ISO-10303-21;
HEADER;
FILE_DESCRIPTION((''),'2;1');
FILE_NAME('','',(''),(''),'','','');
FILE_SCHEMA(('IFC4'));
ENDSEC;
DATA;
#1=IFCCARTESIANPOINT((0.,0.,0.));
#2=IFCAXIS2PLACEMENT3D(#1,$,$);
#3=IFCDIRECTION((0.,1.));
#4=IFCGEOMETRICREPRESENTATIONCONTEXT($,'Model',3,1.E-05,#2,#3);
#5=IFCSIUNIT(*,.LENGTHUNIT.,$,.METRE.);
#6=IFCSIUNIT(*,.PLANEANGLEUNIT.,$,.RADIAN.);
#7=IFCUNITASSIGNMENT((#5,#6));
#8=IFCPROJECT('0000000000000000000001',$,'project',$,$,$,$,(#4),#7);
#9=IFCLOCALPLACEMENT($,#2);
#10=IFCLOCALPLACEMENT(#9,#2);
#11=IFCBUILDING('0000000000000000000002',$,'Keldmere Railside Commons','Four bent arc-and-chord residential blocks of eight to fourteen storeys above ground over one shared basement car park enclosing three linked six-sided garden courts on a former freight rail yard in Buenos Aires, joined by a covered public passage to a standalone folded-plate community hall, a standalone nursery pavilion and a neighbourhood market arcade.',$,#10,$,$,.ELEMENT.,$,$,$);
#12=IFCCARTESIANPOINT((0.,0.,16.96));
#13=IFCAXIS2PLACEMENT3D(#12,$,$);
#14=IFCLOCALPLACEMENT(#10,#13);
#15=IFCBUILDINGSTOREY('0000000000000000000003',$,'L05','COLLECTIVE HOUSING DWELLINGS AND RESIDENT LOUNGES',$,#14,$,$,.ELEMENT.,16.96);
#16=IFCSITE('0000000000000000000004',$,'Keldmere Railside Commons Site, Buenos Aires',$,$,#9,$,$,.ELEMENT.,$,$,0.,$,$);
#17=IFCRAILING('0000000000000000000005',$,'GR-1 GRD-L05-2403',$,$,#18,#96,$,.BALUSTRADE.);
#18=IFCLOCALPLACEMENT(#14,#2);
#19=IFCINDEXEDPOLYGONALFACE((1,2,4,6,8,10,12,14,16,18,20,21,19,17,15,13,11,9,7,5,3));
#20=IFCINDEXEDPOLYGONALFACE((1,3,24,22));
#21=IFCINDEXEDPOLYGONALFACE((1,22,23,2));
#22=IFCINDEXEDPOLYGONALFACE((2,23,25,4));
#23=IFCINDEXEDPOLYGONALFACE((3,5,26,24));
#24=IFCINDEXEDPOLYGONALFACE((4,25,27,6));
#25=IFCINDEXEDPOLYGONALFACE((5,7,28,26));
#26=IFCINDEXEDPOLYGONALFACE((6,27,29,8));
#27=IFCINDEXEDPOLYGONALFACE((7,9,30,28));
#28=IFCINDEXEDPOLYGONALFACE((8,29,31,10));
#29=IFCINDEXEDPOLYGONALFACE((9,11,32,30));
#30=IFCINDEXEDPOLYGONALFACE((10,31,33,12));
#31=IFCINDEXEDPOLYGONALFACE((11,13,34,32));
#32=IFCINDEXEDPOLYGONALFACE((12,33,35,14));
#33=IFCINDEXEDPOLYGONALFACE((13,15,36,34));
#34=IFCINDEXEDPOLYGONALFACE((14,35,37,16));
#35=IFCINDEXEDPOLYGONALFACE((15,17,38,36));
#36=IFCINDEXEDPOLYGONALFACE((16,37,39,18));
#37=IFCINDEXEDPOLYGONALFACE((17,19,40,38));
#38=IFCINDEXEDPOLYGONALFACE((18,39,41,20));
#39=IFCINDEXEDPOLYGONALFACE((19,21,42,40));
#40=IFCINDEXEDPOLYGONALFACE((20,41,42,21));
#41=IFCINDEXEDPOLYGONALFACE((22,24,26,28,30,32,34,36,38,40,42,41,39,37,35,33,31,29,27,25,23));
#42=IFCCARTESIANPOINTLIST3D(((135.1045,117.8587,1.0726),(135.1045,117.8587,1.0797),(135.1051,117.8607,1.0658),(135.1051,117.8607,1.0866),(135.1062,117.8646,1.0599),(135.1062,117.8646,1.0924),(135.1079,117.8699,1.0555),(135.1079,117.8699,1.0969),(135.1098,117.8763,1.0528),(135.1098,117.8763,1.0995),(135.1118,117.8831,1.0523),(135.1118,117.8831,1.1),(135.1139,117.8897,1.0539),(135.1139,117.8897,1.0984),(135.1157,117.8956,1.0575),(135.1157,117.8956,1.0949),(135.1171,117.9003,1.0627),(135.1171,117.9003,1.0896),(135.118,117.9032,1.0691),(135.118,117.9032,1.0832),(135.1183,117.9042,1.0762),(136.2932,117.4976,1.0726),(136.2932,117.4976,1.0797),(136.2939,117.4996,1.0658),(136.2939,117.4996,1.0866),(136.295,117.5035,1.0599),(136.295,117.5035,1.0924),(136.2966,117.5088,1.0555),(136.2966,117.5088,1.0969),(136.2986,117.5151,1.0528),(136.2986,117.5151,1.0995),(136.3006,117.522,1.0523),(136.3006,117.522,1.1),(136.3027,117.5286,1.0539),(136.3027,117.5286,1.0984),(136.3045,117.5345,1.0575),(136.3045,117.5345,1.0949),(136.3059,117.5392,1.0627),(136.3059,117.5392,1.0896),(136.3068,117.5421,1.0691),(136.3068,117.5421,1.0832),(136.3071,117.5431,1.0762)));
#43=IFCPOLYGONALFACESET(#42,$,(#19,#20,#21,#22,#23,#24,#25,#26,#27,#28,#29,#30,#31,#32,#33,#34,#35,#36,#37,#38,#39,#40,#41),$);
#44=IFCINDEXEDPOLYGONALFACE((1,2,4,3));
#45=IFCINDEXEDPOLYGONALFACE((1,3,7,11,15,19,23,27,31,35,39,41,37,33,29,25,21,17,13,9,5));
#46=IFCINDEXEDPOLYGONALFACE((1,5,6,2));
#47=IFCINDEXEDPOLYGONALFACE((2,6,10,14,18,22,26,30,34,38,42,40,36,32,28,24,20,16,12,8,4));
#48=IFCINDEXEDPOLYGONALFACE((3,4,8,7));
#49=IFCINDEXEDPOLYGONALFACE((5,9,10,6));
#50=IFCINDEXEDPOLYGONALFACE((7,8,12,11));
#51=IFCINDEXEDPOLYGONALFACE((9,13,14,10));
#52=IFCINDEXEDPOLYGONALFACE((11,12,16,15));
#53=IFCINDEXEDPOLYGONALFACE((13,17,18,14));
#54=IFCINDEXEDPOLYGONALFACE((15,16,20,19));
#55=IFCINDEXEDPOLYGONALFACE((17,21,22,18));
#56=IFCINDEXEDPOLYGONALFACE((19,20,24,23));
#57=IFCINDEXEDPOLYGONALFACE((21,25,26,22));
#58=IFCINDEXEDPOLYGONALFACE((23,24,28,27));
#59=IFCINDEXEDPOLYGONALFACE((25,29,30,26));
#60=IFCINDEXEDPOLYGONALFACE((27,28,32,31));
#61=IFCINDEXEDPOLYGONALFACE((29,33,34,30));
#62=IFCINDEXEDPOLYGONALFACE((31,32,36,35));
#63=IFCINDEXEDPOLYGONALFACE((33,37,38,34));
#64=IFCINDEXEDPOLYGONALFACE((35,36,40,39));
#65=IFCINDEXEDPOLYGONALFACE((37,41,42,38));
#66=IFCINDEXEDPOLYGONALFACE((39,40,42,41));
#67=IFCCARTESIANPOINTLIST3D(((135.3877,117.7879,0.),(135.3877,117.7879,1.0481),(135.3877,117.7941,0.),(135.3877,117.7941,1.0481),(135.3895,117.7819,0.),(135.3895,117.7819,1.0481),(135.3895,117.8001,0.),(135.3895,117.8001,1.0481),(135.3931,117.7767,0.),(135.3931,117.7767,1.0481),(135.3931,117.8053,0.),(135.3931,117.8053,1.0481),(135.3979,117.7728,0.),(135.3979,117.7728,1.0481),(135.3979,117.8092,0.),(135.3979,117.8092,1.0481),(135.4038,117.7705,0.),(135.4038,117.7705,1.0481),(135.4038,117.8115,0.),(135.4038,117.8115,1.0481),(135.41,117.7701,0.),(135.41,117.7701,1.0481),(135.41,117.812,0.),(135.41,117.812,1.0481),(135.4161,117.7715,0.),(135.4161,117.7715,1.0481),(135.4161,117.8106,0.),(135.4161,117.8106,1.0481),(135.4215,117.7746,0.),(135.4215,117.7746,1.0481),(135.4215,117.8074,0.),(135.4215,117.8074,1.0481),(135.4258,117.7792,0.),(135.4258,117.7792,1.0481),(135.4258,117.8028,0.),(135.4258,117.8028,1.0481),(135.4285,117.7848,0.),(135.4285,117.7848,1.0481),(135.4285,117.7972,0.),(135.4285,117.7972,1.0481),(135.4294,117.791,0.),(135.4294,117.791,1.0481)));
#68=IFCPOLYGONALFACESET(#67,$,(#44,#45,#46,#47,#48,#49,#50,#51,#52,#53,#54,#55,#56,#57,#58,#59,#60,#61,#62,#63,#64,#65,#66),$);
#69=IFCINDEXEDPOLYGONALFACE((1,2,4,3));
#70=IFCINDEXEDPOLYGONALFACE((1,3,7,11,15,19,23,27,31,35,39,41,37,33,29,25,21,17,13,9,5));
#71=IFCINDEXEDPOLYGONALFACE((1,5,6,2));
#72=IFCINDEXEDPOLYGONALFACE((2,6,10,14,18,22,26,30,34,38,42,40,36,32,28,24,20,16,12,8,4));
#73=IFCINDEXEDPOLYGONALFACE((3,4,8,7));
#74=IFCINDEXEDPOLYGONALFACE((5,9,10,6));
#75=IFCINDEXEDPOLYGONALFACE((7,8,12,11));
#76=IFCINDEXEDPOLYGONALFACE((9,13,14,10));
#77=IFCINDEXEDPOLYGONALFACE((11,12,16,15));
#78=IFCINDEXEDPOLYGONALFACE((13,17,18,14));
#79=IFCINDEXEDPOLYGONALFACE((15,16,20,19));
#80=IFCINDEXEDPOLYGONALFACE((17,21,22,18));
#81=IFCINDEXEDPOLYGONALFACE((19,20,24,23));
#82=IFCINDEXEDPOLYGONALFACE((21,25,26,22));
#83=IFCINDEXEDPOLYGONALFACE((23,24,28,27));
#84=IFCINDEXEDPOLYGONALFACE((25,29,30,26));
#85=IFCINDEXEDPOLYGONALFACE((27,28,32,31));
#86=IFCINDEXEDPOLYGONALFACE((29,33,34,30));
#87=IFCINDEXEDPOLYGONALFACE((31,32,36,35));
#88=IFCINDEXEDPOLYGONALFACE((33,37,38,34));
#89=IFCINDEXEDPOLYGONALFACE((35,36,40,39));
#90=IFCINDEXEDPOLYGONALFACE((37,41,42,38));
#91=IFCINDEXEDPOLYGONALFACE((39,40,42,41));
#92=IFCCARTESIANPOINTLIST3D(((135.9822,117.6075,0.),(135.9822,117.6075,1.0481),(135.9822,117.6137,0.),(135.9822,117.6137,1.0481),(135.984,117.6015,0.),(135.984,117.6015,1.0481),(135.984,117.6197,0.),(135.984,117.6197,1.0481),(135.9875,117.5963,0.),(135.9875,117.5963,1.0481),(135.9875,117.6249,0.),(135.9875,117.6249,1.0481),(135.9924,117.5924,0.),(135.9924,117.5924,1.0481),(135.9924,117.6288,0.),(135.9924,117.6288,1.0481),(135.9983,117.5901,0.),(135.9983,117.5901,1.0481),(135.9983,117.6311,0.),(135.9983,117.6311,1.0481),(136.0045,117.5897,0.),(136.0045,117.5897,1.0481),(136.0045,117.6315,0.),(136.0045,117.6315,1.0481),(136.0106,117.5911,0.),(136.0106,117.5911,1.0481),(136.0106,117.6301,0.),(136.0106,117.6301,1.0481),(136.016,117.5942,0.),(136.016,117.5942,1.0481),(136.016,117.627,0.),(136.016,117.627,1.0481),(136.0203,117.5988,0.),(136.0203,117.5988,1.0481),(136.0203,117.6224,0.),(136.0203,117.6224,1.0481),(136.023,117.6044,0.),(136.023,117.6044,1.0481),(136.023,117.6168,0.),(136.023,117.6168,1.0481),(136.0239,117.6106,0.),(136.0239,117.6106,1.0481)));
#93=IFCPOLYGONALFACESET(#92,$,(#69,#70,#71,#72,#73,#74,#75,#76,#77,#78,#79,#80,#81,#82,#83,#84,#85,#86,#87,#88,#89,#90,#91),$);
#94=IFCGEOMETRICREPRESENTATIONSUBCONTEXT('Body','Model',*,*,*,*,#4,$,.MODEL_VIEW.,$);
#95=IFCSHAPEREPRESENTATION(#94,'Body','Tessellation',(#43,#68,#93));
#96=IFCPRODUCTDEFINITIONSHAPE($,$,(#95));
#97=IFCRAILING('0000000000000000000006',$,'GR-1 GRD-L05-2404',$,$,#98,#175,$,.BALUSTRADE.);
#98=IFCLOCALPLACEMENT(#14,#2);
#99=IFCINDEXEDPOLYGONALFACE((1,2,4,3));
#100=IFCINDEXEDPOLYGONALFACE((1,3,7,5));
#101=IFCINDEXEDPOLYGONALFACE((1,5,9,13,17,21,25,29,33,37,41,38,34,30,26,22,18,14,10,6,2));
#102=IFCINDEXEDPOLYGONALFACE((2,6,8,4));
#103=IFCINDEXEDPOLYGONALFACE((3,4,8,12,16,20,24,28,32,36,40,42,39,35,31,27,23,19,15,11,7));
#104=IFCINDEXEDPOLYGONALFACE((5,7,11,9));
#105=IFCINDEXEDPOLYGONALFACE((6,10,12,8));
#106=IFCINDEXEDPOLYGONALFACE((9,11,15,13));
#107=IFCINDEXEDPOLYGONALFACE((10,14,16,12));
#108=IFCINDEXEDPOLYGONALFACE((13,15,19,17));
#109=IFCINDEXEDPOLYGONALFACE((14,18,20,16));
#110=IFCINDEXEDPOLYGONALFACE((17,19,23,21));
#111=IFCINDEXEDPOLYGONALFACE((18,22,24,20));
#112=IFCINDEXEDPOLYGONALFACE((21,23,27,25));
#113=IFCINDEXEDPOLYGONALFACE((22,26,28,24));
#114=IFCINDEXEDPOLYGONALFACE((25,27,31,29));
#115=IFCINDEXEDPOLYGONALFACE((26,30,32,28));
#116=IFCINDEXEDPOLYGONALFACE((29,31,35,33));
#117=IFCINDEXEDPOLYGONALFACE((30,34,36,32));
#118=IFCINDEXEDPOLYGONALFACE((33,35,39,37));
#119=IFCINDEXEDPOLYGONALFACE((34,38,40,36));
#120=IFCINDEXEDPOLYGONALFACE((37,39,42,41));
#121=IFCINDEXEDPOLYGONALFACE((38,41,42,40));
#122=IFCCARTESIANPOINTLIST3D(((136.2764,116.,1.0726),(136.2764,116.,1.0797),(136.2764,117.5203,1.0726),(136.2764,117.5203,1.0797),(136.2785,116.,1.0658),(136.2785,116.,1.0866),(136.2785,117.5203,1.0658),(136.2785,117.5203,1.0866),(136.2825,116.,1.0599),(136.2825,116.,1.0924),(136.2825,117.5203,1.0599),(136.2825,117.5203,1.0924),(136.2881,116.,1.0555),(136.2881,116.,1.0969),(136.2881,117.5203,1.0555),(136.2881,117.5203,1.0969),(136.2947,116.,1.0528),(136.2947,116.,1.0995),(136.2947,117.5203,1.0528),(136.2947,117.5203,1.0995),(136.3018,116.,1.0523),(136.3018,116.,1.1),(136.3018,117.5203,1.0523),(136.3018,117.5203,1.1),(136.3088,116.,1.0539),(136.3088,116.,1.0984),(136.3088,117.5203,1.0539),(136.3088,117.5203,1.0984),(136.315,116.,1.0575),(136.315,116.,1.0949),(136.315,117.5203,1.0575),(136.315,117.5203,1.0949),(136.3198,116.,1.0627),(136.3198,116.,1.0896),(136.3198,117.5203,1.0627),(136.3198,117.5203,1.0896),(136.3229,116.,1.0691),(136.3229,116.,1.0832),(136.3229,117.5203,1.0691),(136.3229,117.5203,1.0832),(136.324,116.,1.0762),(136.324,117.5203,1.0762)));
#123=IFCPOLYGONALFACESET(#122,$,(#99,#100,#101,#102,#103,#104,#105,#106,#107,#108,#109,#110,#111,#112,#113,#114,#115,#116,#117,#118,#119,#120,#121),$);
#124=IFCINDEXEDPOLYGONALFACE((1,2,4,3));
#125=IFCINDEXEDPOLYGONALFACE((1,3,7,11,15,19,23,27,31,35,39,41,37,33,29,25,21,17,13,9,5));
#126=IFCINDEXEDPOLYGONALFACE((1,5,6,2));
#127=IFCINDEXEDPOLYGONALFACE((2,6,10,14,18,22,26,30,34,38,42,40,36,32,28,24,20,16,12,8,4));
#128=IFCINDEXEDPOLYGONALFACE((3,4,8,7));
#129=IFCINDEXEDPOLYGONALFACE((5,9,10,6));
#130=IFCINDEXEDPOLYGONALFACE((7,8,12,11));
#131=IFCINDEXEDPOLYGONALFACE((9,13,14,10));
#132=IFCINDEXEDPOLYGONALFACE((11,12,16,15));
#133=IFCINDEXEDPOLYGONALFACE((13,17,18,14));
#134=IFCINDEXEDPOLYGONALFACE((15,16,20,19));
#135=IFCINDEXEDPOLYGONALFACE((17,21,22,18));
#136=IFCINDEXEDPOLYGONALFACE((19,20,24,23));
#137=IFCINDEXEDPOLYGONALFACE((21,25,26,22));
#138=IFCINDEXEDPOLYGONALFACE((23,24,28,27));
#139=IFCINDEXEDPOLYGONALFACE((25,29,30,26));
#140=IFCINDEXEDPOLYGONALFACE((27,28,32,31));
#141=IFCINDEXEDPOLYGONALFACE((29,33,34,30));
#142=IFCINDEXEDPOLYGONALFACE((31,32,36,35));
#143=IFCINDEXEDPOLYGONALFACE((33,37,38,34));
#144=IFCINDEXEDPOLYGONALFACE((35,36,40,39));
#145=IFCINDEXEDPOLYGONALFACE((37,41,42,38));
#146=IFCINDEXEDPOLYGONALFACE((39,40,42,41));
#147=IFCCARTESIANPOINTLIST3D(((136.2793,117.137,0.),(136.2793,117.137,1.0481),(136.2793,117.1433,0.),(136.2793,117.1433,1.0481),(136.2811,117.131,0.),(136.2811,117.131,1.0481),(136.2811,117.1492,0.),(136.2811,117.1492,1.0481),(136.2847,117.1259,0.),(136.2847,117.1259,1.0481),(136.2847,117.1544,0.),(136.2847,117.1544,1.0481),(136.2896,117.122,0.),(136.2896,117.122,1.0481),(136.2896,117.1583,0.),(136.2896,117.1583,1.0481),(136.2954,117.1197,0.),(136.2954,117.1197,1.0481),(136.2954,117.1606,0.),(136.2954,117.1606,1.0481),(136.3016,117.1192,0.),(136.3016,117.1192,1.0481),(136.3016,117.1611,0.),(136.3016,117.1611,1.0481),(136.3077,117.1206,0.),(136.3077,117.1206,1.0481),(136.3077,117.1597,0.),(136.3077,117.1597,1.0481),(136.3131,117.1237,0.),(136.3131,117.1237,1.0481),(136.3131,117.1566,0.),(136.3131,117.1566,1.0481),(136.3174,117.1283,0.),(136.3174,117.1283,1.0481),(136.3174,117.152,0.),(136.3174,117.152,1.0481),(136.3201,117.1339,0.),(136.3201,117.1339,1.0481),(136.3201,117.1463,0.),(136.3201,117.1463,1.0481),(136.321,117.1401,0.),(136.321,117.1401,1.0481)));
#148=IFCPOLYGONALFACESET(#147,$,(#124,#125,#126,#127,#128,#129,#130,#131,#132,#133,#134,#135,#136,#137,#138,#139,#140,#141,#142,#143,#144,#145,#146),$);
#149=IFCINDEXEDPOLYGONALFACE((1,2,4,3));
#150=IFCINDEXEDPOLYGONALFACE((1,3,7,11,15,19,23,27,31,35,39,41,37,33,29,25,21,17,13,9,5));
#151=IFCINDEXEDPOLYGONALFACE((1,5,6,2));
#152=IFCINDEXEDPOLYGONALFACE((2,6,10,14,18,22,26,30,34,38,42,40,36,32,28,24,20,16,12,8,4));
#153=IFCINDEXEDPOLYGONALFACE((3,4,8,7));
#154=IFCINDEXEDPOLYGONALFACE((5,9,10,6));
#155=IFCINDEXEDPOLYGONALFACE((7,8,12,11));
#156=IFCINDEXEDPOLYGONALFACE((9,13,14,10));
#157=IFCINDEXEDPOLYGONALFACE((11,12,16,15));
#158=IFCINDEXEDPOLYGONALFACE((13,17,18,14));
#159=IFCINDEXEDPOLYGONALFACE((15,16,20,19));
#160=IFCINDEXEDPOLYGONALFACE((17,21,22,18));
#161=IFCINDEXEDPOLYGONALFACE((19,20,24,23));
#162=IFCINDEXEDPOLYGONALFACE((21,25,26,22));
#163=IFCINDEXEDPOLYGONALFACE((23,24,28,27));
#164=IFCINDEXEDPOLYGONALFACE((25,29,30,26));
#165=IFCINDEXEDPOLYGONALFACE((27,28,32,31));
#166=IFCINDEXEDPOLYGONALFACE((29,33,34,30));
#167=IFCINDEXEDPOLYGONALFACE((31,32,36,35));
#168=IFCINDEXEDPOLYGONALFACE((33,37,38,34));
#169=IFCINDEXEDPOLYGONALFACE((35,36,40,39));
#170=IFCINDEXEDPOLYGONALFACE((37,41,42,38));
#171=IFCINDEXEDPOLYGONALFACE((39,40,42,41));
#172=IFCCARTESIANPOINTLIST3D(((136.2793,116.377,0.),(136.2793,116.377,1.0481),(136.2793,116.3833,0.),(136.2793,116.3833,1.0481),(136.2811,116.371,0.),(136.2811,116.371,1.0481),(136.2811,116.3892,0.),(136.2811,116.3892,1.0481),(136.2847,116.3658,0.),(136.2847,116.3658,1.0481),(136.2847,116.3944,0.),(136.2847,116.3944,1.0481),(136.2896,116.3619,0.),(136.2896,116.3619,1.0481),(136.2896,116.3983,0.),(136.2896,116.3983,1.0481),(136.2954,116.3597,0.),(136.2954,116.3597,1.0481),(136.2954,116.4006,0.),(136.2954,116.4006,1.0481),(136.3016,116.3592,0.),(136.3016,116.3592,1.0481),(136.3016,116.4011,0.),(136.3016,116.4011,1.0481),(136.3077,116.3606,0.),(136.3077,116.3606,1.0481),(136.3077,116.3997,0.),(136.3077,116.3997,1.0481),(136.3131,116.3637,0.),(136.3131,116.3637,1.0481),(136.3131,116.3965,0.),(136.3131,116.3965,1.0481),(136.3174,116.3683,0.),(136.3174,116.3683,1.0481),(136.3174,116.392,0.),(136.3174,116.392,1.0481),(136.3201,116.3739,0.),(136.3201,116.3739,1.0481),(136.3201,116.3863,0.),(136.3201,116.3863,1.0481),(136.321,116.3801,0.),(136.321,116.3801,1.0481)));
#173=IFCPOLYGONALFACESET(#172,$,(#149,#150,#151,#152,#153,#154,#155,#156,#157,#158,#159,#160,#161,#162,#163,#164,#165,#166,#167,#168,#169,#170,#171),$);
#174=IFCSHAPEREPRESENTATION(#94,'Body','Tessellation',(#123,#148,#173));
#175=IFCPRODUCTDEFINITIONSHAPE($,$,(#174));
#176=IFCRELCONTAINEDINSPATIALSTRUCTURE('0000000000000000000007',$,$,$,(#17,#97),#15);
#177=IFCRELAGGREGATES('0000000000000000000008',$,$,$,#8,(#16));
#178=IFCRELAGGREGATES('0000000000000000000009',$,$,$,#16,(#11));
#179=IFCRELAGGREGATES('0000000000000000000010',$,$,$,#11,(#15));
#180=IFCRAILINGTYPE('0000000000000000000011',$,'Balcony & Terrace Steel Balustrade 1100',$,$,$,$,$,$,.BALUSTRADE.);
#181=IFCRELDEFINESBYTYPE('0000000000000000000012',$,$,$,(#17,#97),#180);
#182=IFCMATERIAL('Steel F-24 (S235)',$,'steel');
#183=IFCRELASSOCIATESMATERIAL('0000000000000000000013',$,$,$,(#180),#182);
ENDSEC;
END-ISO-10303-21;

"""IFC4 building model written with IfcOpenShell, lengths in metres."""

from ifc_helpers import new_model, si_unit, direction, frame, origin, origin_2d, place, context, subcontext, project, spatial, circle, extrude, material, type_object, element, save


model = new_model("IFC4")

# Units and contexts
model_context = context("Model", 3, precision=1e-05, world=origin(), true_north=direction((0.0, 1.0)))
body_context = subcontext(model_context, "Body", "Model", "MODEL_VIEW")
ifc_project = project(units=[si_unit("LENGTHUNIT", "METRE"), si_unit("PLANEANGLEUNIT", "RADIAN")], contexts=[model_context])

# Site, building, storey
site_placement = place(None, origin())
site = spatial("IfcSite", under=ifc_project, at=site_placement, Name="Keldmere Railside Commons Site, Buenos Aires", CompositionType="ELEMENT", RefElevation=0.0)
building_placement = place(site_placement, origin())
building = spatial("IfcBuilding", under=site, at=building_placement, Name="Keldmere Railside Commons", Description="Four bent arc-and-chord residential blocks of eight to fourteen storeys above ground over one shared basement car park enclosing three linked six-sided garden courts on a former freight rail yard in Buenos Aires, joined by a covered public passage to a standalone folded-plate community hall, a standalone nursery pavilion and a neighbourhood market arcade.", CompositionType="ELEMENT")
storey_placement = place(building_placement, frame((0.0, 0.0, 16.96)))
storey = spatial("IfcBuildingStorey", under=building, at=storey_placement, Name="L05", Description="COLLECTIVE HOUSING DWELLINGS AND RESIDENT LOUNGES", CompositionType="ELEMENT", Elevation=16.96)

# Shared definitions
ifc_material_1 = material(Name="Steel F-24 (S235)", Category="steel")

# Railings
railing_type = type_object("IfcRailingType", Name="Balcony & Terrace Steel Balustrade 1100", PredefinedType="BALUSTRADE", material=ifc_material_1)
railing_1_placement = place(storey_placement, frame((135.1113, 117.8813, 0.0)))
element("IfcRailing", 1, at=railing_1_placement, inside=storey, type_object=railing_type, Name="GR-1 GRD-L05-2403", PredefinedType="BALUSTRADE", context=body_context, shape_type="SweptSolid", body=[
    extrude(circle(Radius=0.0239, at=origin_2d()), frame((0.0, 0.0, 1.0762), z_axis=(0.956831, -0.290645, 0.0), x_axis=(0.290645, 0.956831, 0.0)), (0.0, 0.0, 1.0), 1.2424),
    extrude(circle(Radius=0.021, at=origin_2d()), frame((0.2971, -0.0903, 0.0)), (0.0, 0.0, 1.0), 1.0481),
    extrude(circle(Radius=0.021, at=origin_2d()), frame((0.8916, -0.2708, 0.0)), (0.0, 0.0, 1.0), 1.0481),
])
railing_2_placement = place(storey_placement, frame((136.3, 117.5203, 0.0)))
element("IfcRailing", 2, at=railing_2_placement, inside=storey, type_object=railing_type, Name="GR-1 GRD-L05-2404", PredefinedType="BALUSTRADE", context=body_context, shape_type="SweptSolid", body=[
    extrude(circle(Radius=0.0239, at=origin_2d()), frame((0.0, 0.0, 1.0762), z_axis=(0.0, -1.0, 0.0), x_axis=(1.0, 0.0, 0.0)), (0.0, 0.0, 1.0), 1.5203),
    extrude(circle(Radius=0.021, at=origin_2d()), frame((0.0, -0.3801, 0.0)), (0.0, 0.0, 1.0), 1.0481),
    extrude(circle(Radius=0.021, at=origin_2d()), frame((0.0, -1.1401, 0.0)), (0.0, 0.0, 1.0), 1.0481),
])

save(model, "model.ifc")
